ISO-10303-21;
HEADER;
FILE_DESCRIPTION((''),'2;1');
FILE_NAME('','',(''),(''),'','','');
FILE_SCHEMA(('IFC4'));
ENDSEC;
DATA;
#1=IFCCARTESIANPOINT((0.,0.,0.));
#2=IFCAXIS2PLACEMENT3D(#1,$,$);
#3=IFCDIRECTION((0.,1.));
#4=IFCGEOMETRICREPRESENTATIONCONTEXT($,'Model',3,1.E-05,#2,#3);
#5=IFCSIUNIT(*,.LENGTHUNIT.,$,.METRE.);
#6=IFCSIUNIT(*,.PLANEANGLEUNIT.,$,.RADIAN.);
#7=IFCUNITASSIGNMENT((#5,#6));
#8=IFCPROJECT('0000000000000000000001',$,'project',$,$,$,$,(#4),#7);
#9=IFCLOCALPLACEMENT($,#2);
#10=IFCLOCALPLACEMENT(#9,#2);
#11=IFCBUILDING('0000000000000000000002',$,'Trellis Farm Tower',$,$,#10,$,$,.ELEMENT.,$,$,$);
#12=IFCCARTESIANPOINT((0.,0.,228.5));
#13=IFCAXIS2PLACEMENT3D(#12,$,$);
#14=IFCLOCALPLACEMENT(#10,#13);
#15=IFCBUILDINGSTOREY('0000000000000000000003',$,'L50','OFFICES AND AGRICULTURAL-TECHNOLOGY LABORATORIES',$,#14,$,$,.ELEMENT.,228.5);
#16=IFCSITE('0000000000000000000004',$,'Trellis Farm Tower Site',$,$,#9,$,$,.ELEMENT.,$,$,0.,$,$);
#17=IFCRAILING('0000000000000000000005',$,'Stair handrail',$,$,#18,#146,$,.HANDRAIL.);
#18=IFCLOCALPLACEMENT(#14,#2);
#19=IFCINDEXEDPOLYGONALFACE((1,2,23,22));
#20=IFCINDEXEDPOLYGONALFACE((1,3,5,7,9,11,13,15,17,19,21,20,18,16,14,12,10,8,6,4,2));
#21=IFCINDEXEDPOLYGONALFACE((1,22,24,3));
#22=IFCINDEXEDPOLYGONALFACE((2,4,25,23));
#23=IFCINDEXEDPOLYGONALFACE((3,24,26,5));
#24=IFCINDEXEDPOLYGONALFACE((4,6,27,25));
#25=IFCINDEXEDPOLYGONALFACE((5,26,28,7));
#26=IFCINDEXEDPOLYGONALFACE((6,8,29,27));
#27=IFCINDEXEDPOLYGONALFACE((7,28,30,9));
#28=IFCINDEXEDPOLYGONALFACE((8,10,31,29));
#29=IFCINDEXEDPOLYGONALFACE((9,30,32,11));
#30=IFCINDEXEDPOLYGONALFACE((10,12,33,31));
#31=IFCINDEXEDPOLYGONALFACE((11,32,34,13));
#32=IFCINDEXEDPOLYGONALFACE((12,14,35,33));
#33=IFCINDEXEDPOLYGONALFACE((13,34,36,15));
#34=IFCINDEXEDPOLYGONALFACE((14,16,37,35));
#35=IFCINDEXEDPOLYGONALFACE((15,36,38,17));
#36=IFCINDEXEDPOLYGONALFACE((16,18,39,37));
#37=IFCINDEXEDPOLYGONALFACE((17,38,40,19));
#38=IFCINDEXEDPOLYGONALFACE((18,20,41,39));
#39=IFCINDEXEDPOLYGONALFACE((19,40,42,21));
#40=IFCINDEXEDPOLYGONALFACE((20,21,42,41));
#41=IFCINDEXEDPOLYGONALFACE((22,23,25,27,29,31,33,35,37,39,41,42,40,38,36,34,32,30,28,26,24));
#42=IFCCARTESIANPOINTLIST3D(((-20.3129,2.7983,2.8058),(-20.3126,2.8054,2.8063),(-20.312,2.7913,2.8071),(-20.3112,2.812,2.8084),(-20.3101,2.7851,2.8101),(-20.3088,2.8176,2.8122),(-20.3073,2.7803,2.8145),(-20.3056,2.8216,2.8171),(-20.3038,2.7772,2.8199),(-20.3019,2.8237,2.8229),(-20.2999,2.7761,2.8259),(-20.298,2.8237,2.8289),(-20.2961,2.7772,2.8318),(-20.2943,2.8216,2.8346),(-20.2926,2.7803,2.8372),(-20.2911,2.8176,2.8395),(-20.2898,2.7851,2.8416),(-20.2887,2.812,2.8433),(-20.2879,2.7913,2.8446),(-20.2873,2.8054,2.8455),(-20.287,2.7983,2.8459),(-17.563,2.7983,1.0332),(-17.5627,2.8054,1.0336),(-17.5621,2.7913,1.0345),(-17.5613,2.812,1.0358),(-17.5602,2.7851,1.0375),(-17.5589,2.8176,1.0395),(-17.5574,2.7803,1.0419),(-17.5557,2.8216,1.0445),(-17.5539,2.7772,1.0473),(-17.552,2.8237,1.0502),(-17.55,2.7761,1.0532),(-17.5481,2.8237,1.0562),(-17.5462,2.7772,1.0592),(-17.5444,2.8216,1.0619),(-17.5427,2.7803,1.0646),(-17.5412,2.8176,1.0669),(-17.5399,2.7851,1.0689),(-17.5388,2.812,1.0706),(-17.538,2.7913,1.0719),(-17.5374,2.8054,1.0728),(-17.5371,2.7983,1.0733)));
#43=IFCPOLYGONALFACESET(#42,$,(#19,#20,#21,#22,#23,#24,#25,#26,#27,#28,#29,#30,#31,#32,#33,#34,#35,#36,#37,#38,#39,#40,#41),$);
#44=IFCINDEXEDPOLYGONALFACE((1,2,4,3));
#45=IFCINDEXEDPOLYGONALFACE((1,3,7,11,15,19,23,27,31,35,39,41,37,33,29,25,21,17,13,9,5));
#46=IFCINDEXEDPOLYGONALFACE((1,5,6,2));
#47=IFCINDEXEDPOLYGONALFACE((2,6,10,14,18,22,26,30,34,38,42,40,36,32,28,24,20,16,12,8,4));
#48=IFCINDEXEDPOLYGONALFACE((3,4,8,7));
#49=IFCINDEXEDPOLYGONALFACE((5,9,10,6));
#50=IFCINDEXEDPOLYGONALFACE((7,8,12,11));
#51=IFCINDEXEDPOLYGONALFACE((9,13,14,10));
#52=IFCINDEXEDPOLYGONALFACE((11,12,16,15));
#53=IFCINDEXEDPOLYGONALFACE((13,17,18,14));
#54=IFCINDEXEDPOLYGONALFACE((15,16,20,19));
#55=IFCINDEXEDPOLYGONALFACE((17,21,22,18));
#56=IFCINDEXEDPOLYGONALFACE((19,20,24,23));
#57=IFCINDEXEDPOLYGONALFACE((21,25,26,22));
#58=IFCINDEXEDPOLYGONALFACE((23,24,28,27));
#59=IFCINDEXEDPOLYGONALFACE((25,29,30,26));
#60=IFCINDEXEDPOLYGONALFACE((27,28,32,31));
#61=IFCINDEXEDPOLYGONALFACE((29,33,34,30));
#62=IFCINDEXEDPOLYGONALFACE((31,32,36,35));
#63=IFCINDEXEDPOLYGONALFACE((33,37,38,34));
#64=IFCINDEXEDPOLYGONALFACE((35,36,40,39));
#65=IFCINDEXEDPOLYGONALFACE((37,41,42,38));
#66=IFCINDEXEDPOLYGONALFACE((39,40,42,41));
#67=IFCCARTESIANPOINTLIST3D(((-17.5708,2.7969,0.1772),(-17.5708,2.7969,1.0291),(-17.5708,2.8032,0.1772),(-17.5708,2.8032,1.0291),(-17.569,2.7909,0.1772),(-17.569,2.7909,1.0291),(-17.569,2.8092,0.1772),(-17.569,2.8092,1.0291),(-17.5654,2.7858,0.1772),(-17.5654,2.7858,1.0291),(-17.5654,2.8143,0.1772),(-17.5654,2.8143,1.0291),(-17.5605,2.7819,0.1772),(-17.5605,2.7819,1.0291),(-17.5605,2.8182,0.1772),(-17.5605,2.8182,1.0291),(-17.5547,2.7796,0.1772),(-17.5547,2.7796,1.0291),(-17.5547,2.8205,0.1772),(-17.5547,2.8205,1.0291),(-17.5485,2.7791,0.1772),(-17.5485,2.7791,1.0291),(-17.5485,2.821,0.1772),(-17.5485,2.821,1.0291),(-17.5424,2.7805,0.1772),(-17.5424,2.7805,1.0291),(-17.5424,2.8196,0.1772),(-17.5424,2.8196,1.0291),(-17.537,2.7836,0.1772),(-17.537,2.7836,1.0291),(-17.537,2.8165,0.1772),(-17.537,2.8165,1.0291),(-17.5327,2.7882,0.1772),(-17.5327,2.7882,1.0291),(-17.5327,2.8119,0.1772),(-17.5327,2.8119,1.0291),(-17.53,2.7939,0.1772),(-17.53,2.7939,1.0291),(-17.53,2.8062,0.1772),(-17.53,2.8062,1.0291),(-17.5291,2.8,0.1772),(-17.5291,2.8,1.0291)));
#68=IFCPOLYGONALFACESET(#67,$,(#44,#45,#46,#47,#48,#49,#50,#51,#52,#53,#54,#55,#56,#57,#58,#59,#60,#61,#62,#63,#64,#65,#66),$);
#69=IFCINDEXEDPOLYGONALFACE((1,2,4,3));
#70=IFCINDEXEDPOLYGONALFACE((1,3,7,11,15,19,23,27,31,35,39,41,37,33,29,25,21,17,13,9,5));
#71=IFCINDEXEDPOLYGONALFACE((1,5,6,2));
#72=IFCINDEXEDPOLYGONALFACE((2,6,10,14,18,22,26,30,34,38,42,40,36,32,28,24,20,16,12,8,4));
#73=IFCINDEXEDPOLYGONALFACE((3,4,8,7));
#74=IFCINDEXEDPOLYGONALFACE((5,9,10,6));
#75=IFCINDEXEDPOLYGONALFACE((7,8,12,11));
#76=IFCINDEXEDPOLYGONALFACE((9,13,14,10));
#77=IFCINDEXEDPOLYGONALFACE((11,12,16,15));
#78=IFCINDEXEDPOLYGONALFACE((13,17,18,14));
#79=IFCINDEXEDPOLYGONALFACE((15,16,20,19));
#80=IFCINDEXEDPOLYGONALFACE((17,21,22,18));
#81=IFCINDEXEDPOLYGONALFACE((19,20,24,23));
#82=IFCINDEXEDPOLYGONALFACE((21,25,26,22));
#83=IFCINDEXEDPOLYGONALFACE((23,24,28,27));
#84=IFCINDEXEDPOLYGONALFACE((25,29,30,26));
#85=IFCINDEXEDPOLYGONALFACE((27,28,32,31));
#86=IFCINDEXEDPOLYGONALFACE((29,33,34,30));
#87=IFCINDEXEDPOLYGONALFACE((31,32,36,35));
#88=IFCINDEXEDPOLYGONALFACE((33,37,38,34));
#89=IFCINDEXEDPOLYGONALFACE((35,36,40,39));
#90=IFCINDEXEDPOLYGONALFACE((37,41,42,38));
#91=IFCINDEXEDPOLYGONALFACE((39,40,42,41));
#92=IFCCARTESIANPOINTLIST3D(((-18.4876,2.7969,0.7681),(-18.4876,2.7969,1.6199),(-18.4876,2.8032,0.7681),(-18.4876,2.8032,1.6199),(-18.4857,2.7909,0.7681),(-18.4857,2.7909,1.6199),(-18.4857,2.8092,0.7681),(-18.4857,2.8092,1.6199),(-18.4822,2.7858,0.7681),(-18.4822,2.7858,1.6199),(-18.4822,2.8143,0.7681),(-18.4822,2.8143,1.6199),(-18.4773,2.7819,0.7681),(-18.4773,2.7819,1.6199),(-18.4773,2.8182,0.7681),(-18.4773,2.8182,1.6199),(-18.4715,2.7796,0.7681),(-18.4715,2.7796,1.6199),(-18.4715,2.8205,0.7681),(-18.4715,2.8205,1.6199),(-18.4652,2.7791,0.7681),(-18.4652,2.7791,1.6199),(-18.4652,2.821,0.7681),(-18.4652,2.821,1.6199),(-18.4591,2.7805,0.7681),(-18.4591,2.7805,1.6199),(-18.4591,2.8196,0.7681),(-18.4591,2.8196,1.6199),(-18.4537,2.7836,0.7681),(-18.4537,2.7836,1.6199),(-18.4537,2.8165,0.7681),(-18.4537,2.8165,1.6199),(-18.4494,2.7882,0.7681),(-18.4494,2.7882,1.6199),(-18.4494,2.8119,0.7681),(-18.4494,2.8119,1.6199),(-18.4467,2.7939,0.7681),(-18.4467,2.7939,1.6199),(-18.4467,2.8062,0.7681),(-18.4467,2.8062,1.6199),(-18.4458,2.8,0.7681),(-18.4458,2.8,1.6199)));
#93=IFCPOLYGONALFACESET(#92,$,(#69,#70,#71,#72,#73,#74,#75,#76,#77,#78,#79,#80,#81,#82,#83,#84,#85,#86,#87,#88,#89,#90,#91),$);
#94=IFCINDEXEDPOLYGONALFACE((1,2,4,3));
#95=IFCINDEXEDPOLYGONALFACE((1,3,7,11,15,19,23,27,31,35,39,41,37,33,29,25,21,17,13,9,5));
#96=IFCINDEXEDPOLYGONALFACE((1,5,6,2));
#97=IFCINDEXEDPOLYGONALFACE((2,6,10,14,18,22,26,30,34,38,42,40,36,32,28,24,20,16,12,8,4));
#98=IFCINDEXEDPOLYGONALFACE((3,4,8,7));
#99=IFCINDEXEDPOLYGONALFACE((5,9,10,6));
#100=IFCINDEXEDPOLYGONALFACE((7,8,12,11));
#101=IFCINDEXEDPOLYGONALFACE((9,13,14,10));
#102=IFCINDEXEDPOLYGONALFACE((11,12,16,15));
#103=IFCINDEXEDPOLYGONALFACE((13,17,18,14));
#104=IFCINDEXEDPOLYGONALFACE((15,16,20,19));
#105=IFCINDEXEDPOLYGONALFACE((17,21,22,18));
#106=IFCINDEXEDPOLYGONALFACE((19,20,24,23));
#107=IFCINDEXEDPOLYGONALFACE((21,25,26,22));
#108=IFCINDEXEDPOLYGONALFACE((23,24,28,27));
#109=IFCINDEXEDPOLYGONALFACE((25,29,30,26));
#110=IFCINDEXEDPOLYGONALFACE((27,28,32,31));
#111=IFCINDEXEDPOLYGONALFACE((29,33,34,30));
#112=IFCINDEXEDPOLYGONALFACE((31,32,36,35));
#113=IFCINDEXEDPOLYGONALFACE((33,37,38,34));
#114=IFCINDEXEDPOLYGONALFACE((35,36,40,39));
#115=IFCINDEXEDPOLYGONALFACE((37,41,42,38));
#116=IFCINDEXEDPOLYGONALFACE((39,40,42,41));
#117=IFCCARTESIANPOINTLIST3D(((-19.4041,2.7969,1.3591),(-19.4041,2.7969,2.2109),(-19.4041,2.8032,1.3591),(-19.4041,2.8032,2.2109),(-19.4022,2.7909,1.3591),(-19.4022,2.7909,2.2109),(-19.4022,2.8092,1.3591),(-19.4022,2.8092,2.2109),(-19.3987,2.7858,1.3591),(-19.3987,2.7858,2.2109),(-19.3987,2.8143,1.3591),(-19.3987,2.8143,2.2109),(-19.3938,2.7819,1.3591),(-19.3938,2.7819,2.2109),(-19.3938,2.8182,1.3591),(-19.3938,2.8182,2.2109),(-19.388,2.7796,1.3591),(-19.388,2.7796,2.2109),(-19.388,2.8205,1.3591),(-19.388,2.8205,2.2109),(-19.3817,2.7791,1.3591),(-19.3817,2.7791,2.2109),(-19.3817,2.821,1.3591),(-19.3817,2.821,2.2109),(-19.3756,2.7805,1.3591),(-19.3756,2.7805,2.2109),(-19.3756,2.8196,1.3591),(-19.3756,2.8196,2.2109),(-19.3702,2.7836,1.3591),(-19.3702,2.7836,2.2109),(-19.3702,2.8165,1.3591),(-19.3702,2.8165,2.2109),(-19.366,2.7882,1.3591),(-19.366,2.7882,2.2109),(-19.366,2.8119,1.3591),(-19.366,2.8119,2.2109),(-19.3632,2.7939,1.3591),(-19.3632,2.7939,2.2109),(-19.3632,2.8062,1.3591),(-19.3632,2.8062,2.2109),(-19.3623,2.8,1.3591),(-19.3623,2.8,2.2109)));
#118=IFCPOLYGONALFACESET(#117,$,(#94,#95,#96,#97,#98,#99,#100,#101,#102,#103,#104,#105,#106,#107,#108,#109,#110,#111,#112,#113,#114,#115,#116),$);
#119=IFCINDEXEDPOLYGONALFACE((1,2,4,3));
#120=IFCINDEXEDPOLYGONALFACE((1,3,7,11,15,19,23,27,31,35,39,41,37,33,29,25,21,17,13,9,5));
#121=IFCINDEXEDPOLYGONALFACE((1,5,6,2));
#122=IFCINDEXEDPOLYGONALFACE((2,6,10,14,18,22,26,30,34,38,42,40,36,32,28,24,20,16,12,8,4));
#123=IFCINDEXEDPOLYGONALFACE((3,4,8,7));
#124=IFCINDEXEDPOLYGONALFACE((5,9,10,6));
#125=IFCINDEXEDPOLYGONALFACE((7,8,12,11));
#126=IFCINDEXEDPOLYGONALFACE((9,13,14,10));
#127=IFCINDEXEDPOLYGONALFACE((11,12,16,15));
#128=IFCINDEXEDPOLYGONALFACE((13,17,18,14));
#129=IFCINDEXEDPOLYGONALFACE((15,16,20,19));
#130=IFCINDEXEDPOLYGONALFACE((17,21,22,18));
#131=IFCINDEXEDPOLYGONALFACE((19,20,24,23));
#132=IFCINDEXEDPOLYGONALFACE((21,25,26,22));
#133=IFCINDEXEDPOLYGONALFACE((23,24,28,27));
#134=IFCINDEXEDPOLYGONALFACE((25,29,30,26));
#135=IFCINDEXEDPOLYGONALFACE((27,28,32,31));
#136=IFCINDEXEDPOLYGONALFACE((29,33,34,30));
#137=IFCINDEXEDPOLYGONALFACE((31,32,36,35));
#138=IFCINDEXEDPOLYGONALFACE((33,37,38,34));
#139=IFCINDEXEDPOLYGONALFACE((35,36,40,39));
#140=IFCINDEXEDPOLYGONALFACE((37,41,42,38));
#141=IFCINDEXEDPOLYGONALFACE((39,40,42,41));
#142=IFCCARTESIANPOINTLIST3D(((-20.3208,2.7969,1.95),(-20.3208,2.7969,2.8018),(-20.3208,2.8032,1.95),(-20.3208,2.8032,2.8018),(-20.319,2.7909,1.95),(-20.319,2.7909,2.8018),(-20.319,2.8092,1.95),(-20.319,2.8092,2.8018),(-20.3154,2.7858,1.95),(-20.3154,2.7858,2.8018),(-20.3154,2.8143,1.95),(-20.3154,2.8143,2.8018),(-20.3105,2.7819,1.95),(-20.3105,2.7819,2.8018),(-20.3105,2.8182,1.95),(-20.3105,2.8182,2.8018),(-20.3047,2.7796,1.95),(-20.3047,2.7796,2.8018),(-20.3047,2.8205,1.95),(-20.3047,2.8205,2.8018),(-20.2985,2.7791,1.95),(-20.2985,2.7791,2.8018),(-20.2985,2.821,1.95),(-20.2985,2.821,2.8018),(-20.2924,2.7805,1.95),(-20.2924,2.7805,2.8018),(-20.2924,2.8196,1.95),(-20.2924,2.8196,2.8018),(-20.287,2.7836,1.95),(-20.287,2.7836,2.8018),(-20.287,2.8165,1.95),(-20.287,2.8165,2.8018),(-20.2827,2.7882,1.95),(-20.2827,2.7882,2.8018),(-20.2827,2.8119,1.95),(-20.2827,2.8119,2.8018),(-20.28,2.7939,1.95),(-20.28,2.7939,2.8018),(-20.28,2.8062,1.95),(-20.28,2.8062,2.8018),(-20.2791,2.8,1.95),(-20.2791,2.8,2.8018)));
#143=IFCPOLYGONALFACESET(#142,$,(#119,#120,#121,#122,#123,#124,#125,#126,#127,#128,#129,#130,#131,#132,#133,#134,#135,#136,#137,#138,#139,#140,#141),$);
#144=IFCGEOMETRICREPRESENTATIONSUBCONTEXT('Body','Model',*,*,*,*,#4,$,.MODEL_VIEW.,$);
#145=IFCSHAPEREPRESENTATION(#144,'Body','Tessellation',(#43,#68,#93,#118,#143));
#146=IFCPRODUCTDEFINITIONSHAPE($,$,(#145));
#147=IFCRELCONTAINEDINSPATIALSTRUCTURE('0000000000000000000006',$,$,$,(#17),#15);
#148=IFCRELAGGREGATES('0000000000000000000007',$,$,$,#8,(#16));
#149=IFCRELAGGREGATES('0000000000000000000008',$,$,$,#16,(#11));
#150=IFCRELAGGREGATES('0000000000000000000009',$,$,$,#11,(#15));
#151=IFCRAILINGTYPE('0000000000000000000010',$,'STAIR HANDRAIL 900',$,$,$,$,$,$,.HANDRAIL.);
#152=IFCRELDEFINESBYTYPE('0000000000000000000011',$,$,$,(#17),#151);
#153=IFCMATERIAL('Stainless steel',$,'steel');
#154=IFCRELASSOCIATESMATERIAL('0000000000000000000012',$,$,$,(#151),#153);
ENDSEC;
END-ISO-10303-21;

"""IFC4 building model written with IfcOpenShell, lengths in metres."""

from ifc_helpers import new_model, si_unit, direction, frame, origin, origin_2d, place, context, subcontext, project, spatial, circle, extrude, source, transform, mapped, material, type_object, element, save


model = new_model("IFC4")

# Units and contexts
model_context = context("Model", 3, precision=1e-05, world=origin(), true_north=direction((0.0, 1.0)))
body_context = subcontext(model_context, "Body", "Model", "MODEL_VIEW")
ifc_project = project(units=[si_unit("LENGTHUNIT", "METRE"), si_unit("PLANEANGLEUNIT", "RADIAN")], contexts=[model_context])

# Site, building, storey
site_placement = place(None, origin())
site = spatial("IfcSite", under=ifc_project, at=site_placement, Name="Trellis Farm Tower Site", CompositionType="ELEMENT", RefElevation=0.0)
building_placement = place(site_placement, origin())
building = spatial("IfcBuilding", under=site, at=building_placement, Name="Trellis Farm Tower", CompositionType="ELEMENT")
storey_placement = place(building_placement, frame((0.0, 0.0, 228.5)))
storey = spatial("IfcBuildingStorey", under=building, at=storey_placement, Name="L50", Description="OFFICES AND AGRICULTURAL-TECHNOLOGY LABORATORIES", CompositionType="ELEMENT", Elevation=228.5)

# Railing
ifc_material_1 = material(Name="Stainless steel", Category="steel")
railing_type = type_object("IfcRailingType", Name="STAIR HANDRAIL 900", PredefinedType="HANDRAIL", material=ifc_material_1)
shared_shape_1 = source(origin(), body_context, "Body", "SweptSolid", [
    extrude(circle(Radius=0.0239, at=origin_2d()), frame((0.0, 0.0, 0.876), z_axis=(-0.840504, 0.0, 0.541806), x_axis=(0.0, -1.0, 0.0)), (0.0, 0.0, 1.0), 3.2717),
    extrude(circle(Radius=0.021, at=origin_2d()), origin(), (0.0, 0.0, 1.0), 0.8518),
    extrude(circle(Radius=0.021, at=origin_2d()), frame((-0.9167, 0.0, 0.5908)), (0.0, 0.0, 1.0), 0.8518),
    extrude(circle(Radius=0.021, at=origin_2d()), frame((-1.8333, 0.0, 1.1819)), (0.0, 0.0, 1.0), 0.8518),
    extrude(circle(Radius=0.021, at=origin_2d()), frame((-2.75, 0.0, 1.7727)), (0.0, 0.0, 1.0), 0.8518),
])
for number, where, name in (
    (1, (-17.55, 2.8, 0.1772), "Stair handrail"),
):
    element("IfcRailing", number, at=place(storey_placement, frame(where)), inside=storey, type_object=railing_type, Name=name, PredefinedType="HANDRAIL", context=body_context, shape_type="MappedRepresentation", body=[
        mapped(shared_shape_1, transform((0.0, 0.0, 0.0))),
    ])

save(model, "model.ifc")
